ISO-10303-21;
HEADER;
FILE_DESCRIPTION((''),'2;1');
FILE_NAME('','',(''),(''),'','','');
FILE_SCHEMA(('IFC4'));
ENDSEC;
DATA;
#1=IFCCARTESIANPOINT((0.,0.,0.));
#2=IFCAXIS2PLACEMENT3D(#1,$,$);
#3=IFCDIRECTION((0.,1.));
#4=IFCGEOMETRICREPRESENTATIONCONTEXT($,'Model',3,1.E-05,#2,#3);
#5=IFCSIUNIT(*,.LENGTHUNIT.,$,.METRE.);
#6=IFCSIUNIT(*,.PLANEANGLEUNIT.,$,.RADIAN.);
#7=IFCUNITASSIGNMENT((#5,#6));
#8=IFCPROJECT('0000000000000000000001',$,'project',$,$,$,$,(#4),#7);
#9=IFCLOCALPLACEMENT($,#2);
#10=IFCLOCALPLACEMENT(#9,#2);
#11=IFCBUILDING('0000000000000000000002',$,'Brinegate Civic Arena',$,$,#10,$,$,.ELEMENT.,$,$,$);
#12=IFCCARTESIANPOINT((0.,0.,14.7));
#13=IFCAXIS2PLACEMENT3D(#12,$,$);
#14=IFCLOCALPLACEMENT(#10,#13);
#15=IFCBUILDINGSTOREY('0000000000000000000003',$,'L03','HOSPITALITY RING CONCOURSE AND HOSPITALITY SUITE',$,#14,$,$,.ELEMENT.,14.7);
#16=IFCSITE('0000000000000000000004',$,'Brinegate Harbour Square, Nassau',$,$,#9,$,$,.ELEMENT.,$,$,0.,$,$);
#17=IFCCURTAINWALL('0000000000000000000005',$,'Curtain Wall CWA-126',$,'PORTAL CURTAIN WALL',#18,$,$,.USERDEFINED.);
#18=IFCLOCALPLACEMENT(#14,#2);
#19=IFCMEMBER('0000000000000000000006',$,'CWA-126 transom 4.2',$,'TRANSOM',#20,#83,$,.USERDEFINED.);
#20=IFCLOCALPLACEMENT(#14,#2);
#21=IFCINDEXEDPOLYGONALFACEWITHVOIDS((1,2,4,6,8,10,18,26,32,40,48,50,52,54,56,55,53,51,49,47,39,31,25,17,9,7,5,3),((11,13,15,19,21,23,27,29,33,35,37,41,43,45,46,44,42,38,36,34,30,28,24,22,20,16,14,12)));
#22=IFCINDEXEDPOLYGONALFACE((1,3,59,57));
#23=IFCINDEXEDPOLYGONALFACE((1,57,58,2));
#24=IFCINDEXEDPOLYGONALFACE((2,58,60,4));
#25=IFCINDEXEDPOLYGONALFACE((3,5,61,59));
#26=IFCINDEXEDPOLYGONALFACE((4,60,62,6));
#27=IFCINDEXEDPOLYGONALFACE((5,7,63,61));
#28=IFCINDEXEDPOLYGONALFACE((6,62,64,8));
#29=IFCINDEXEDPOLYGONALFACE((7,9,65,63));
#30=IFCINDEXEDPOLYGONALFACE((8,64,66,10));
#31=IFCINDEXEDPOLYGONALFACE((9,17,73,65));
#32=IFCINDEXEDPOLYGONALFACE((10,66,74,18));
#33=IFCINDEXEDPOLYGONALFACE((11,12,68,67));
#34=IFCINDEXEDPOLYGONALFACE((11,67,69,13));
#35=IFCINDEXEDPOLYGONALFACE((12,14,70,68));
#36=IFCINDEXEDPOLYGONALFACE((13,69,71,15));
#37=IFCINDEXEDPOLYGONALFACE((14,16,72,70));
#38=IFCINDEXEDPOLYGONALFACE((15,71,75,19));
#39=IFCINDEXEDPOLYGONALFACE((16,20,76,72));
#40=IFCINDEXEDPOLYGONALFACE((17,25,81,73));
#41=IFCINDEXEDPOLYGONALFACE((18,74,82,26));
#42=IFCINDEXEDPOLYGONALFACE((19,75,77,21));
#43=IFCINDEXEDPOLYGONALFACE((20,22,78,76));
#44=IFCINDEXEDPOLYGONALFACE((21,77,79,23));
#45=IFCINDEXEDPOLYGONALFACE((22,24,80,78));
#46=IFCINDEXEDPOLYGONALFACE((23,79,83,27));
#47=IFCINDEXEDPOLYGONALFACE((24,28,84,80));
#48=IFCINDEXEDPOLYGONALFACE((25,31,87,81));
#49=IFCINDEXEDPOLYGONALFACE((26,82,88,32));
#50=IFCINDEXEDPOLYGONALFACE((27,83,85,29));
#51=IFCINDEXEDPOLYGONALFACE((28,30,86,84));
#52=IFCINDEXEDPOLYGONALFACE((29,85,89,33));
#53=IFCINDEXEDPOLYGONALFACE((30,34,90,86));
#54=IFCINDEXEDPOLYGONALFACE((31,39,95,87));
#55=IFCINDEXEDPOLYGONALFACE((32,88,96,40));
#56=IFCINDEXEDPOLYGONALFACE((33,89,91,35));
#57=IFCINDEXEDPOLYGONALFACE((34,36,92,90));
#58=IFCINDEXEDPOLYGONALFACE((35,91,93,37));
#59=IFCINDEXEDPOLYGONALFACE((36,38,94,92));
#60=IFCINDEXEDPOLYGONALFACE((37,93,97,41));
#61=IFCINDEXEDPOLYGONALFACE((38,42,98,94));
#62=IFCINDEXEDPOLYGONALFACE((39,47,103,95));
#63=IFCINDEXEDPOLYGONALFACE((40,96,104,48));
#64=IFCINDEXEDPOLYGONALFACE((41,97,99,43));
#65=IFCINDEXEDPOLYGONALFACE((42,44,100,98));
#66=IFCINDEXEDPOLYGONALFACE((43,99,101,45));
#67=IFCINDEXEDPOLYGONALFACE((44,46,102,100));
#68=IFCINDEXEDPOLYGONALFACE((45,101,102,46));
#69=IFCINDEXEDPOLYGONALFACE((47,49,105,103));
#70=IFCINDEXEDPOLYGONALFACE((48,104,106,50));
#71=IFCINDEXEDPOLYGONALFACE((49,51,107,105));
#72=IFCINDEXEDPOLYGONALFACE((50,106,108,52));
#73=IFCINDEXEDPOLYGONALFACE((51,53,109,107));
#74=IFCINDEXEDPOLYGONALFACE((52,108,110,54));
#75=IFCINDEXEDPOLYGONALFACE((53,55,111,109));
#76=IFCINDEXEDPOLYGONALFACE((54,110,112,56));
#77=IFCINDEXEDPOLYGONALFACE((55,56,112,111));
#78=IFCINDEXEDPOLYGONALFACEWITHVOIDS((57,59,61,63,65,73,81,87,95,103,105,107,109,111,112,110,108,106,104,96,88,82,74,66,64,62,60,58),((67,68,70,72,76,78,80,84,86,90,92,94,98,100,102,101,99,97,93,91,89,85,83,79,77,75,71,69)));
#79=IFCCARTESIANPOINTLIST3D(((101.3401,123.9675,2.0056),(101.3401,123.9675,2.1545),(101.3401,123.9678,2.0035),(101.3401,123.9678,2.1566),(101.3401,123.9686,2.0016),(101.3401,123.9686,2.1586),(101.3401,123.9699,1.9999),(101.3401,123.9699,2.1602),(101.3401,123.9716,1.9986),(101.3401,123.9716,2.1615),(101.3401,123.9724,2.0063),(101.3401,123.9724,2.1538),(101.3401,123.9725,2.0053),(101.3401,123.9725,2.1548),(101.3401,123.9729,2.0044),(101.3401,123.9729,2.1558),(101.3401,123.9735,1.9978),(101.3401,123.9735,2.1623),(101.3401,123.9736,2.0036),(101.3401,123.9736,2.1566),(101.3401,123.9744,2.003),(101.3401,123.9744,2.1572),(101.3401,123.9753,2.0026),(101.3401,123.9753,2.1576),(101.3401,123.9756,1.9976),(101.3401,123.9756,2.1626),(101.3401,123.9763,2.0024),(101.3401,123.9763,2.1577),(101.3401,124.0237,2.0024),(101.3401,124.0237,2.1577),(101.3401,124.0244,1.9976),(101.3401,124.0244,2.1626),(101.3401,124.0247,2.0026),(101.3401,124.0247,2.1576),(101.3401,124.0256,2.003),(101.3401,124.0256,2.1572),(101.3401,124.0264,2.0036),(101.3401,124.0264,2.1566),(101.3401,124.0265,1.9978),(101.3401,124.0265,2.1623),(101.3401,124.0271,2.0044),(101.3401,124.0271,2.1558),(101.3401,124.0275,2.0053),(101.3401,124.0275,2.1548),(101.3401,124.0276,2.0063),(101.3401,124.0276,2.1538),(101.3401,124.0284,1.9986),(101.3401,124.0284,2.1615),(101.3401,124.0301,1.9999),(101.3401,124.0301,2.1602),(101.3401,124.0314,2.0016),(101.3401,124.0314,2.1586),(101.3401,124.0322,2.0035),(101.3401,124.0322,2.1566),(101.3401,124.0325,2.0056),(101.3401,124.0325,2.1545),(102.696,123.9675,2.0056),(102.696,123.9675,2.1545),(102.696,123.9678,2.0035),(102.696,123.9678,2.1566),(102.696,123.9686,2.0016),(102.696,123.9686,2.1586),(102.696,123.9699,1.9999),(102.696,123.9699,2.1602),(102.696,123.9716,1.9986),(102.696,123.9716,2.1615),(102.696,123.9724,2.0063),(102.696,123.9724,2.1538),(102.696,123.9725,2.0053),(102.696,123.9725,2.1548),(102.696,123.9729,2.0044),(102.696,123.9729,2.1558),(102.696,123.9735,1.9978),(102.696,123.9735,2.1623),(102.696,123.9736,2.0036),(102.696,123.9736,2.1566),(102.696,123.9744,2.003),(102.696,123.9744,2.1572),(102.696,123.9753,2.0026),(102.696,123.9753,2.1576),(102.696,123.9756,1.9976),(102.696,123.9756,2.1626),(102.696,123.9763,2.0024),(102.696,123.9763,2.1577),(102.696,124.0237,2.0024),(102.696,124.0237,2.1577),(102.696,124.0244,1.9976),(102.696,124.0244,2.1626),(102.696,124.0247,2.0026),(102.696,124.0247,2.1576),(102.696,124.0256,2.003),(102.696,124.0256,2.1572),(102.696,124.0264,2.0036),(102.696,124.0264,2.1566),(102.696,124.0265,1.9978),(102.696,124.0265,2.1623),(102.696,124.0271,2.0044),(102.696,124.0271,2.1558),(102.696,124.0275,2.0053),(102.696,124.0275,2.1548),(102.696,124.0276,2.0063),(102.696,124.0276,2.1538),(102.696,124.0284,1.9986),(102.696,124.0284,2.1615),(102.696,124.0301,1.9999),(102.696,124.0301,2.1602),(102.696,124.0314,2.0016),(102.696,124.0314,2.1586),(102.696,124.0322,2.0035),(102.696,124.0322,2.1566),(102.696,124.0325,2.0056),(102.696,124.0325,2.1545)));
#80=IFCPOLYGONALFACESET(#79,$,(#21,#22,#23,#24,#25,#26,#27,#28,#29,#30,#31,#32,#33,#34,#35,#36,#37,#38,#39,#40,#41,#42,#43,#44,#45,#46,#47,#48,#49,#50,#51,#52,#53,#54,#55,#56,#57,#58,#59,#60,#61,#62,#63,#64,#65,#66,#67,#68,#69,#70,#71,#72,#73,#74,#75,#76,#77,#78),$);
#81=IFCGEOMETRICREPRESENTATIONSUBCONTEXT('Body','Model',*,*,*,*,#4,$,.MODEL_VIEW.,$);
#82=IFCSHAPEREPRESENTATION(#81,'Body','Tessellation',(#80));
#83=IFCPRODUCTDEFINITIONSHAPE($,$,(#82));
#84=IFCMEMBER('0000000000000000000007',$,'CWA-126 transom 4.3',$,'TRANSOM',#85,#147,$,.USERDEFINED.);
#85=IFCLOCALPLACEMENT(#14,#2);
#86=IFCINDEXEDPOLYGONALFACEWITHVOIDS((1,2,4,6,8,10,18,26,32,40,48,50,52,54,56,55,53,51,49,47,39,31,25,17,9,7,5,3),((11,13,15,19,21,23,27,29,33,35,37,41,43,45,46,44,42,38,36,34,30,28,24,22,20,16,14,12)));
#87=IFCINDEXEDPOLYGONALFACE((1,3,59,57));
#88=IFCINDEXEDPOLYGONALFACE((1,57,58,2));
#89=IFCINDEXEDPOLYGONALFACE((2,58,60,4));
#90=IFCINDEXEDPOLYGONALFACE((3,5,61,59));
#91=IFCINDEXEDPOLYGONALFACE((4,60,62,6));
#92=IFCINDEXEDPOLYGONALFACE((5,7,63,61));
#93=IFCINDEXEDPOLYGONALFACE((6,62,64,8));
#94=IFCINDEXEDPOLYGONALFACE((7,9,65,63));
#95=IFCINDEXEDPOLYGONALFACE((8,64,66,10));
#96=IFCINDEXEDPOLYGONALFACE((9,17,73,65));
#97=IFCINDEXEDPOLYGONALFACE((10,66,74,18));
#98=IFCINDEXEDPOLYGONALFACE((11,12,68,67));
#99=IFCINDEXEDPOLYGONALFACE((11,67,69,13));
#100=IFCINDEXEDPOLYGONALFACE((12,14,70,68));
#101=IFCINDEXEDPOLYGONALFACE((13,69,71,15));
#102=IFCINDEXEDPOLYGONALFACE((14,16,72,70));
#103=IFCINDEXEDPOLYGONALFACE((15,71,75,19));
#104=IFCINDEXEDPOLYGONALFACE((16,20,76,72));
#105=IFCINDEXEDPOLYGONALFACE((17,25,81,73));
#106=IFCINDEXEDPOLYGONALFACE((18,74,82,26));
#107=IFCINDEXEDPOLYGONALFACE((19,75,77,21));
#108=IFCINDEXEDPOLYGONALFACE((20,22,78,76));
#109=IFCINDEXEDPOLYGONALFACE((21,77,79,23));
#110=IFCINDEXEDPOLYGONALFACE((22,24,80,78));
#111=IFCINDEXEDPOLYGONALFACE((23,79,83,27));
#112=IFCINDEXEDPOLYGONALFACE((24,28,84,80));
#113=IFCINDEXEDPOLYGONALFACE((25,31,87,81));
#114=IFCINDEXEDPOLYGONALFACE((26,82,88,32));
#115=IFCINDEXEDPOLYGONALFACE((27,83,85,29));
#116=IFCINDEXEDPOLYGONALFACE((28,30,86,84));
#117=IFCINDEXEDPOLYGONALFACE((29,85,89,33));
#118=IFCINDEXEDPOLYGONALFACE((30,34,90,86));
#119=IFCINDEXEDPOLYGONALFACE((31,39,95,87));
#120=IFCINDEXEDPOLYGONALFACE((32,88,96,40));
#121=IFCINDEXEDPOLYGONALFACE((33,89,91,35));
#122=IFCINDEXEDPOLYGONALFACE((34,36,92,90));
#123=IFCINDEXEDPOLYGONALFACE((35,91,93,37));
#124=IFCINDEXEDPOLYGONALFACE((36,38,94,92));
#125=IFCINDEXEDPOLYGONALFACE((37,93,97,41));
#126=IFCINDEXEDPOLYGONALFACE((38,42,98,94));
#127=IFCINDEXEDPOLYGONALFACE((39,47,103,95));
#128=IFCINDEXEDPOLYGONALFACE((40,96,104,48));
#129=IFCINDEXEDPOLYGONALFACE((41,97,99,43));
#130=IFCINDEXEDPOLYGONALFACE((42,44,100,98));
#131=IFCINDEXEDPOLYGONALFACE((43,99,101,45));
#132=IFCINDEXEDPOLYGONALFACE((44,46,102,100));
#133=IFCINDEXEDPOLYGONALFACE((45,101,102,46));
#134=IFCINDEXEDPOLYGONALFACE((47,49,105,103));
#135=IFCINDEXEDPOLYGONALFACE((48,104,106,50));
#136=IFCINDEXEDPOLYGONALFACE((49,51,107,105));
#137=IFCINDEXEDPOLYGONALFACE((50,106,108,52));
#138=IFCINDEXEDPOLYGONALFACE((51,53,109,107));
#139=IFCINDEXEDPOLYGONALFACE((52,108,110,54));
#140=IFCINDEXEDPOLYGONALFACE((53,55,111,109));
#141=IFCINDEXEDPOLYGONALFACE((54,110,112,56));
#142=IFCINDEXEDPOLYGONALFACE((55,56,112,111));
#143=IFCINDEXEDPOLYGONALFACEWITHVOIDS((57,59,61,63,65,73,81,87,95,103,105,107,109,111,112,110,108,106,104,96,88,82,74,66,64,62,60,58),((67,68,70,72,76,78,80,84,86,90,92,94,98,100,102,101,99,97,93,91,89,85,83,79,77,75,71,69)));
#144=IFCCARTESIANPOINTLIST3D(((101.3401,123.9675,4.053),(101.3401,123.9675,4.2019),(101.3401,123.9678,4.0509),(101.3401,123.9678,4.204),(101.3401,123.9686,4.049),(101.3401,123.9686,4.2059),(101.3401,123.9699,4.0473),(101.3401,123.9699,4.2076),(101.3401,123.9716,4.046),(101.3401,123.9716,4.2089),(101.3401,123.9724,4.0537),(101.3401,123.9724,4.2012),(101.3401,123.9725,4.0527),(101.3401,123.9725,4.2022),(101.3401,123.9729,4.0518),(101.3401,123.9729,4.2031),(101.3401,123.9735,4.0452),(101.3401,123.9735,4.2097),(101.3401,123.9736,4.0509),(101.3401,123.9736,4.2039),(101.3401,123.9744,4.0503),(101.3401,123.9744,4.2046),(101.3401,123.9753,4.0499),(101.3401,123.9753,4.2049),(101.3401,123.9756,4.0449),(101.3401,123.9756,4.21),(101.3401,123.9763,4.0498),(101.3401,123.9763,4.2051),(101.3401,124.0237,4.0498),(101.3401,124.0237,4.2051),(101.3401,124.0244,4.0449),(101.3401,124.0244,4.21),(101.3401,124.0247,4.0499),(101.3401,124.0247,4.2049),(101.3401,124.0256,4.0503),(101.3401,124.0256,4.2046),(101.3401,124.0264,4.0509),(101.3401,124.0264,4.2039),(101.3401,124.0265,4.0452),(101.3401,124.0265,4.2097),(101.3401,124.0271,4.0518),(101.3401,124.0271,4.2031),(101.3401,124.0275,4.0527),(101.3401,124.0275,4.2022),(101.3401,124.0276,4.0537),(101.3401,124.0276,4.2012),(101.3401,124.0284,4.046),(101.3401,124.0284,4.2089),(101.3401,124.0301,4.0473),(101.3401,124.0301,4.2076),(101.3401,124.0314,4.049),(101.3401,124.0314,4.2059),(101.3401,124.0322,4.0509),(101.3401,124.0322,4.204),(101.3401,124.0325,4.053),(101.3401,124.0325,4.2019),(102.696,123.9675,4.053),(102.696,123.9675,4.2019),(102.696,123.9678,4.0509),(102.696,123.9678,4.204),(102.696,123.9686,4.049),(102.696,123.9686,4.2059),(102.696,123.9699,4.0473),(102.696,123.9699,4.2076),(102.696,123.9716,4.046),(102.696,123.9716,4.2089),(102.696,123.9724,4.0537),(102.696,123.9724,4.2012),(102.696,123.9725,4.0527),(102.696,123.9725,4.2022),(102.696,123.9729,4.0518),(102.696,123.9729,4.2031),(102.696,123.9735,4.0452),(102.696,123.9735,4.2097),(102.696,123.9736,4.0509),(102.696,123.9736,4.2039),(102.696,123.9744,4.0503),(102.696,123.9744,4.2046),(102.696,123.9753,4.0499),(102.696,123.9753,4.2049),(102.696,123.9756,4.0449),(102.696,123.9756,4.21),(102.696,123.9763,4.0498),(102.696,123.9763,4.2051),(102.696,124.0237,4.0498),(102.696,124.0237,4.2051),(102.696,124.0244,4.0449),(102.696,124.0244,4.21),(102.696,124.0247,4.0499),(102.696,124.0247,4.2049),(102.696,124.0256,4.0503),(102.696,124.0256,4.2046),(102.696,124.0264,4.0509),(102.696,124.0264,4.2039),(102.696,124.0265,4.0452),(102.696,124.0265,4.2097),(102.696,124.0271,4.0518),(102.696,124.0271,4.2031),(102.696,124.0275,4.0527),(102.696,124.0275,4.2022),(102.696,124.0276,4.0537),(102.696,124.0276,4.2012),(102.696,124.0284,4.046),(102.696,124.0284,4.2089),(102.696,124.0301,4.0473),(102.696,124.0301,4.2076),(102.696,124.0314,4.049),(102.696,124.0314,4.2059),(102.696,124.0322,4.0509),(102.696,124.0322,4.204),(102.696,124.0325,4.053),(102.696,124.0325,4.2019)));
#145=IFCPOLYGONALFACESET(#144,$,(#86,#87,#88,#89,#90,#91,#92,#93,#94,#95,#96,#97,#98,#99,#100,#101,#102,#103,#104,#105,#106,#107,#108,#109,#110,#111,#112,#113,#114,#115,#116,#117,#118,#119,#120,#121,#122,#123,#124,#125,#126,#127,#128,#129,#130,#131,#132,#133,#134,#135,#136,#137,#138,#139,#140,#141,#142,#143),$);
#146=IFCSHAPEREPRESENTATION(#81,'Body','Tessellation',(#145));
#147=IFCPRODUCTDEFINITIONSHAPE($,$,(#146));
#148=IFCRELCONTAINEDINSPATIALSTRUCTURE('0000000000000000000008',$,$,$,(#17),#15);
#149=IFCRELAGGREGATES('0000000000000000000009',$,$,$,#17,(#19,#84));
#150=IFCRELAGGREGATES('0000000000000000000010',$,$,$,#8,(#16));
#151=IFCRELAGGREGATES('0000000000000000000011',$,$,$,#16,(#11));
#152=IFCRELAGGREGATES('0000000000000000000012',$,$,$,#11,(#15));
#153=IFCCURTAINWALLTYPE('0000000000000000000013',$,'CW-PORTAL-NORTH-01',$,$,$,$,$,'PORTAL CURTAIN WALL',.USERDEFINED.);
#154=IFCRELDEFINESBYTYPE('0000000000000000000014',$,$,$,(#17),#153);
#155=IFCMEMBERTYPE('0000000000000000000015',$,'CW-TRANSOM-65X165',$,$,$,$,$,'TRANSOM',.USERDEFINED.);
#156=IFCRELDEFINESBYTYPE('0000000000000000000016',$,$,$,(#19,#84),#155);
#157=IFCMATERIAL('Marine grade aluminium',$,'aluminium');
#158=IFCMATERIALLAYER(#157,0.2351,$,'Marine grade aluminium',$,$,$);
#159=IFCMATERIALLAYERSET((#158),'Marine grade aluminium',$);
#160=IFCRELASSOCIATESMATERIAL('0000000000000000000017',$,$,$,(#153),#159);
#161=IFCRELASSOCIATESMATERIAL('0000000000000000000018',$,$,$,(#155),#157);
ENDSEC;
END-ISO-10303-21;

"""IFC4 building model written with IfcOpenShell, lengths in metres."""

from ifc_helpers import new_model, si_unit, direction, frame, origin, origin_2d, place, context, subcontext, project, spatial, hollow_rectangle, extrude, material, layer, layer_set, material_profile, profile_set, type_object, element, aggregate, save


model = new_model("IFC4")

# Units and contexts
model_context = context("Model", 3, precision=1e-05, world=origin(), true_north=direction((0.0, 1.0)))
body_context = subcontext(model_context, "Body", "Model", "MODEL_VIEW")
ifc_project = project(units=[si_unit("LENGTHUNIT", "METRE"), si_unit("PLANEANGLEUNIT", "RADIAN")], contexts=[model_context])

# Site, building, storey
site_placement = place(None, origin())
site = spatial("IfcSite", under=ifc_project, at=site_placement, Name="Brinegate Harbour Square, Nassau", CompositionType="ELEMENT", RefElevation=0.0)
building_placement = place(site_placement, origin())
building = spatial("IfcBuilding", under=site, at=building_placement, Name="Brinegate Civic Arena", CompositionType="ELEMENT")
storey_placement = place(building_placement, frame((0.0, 0.0, 14.7)))
storey = spatial("IfcBuildingStorey", under=building, at=storey_placement, Name="L03", Description="HOSPITALITY RING CONCOURSE AND HOSPITALITY SUITE", CompositionType="ELEMENT", Elevation=14.7)

# Curtain wall, members
ifc_material_1 = material(Name="Marine grade aluminium", Category="aluminium")
ifc_layer_1 = layer(ifc_material_1, 0.2351, Name="Marine grade aluminium")
ifc_layer_set_1 = layer_set([ifc_layer_1], Name="Marine grade aluminium")
curtain_wall_type = type_object("IfcCurtainWallType", Name="CW-PORTAL-NORTH-01", ElementType="PORTAL CURTAIN WALL", PredefinedType="USERDEFINED", material=ifc_layer_set_1)
curtain_wall_placement = place(storey_placement, origin())
curtain_wall = element("IfcCurtainWall", 1, at=curtain_wall_placement, inside=storey, type_object=curtain_wall_type, Name="Curtain Wall CWA-126", ObjectType="PORTAL CURTAIN WALL", PredefinedType="USERDEFINED")
ifc_material_profile_1 = material_profile(ifc_material_1, hollow_rectangle(XDim=0.0649, YDim=0.165, WallThickness=0.0049, InnerFilletRadius=0.0039, OuterFilletRadius=0.0081, at=origin_2d()), Name="TRN65X165")
ifc_profile_set_1 = profile_set([ifc_material_profile_1], Name="Marine grade aluminium")
member_type_1 = type_object("IfcMemberType", Name="CW-TRANSOM-65X165", ElementType="TRANSOM", PredefinedType="USERDEFINED", material=ifc_profile_set_1)
member_1_placement = place(storey_placement, frame((101.3401, 124.0, 2.0801), z_axis=(1.0, 0.0, 0.0), x_axis=(0.0, 1.0, 0.0)))
member_1 = element("IfcMember", 2, at=member_1_placement, type_object=member_type_1, Name="CWA-126 transom 4.2", ObjectType="TRANSOM", PredefinedType="USERDEFINED", context=body_context, shape_type="SweptSolid", body=[
    extrude(hollow_rectangle(XDim=0.0649, YDim=0.165, WallThickness=0.0049, InnerFilletRadius=0.0039, OuterFilletRadius=0.0081, at=origin_2d()), origin(), (0.0, 0.0, 1.0), 1.356),
])
member_2_placement = place(storey_placement, frame((101.3401, 124.0, 4.1274), z_axis=(1.0, 0.0, 0.0), x_axis=(0.0, 1.0, 0.0)))
member_2 = element("IfcMember", 3, at=member_2_placement, type_object=member_type_1, Name="CWA-126 transom 4.3", ObjectType="TRANSOM", PredefinedType="USERDEFINED", context=body_context, shape_type="SweptSolid", body=[
    extrude(hollow_rectangle(XDim=0.0649, YDim=0.165, WallThickness=0.0049, InnerFilletRadius=0.0039, OuterFilletRadius=0.0081, at=origin_2d()), origin(), (0.0, 0.0, 1.0), 1.356),
])
aggregate(curtain_wall, [member_1, member_2])

save(model, "model.ifc")
